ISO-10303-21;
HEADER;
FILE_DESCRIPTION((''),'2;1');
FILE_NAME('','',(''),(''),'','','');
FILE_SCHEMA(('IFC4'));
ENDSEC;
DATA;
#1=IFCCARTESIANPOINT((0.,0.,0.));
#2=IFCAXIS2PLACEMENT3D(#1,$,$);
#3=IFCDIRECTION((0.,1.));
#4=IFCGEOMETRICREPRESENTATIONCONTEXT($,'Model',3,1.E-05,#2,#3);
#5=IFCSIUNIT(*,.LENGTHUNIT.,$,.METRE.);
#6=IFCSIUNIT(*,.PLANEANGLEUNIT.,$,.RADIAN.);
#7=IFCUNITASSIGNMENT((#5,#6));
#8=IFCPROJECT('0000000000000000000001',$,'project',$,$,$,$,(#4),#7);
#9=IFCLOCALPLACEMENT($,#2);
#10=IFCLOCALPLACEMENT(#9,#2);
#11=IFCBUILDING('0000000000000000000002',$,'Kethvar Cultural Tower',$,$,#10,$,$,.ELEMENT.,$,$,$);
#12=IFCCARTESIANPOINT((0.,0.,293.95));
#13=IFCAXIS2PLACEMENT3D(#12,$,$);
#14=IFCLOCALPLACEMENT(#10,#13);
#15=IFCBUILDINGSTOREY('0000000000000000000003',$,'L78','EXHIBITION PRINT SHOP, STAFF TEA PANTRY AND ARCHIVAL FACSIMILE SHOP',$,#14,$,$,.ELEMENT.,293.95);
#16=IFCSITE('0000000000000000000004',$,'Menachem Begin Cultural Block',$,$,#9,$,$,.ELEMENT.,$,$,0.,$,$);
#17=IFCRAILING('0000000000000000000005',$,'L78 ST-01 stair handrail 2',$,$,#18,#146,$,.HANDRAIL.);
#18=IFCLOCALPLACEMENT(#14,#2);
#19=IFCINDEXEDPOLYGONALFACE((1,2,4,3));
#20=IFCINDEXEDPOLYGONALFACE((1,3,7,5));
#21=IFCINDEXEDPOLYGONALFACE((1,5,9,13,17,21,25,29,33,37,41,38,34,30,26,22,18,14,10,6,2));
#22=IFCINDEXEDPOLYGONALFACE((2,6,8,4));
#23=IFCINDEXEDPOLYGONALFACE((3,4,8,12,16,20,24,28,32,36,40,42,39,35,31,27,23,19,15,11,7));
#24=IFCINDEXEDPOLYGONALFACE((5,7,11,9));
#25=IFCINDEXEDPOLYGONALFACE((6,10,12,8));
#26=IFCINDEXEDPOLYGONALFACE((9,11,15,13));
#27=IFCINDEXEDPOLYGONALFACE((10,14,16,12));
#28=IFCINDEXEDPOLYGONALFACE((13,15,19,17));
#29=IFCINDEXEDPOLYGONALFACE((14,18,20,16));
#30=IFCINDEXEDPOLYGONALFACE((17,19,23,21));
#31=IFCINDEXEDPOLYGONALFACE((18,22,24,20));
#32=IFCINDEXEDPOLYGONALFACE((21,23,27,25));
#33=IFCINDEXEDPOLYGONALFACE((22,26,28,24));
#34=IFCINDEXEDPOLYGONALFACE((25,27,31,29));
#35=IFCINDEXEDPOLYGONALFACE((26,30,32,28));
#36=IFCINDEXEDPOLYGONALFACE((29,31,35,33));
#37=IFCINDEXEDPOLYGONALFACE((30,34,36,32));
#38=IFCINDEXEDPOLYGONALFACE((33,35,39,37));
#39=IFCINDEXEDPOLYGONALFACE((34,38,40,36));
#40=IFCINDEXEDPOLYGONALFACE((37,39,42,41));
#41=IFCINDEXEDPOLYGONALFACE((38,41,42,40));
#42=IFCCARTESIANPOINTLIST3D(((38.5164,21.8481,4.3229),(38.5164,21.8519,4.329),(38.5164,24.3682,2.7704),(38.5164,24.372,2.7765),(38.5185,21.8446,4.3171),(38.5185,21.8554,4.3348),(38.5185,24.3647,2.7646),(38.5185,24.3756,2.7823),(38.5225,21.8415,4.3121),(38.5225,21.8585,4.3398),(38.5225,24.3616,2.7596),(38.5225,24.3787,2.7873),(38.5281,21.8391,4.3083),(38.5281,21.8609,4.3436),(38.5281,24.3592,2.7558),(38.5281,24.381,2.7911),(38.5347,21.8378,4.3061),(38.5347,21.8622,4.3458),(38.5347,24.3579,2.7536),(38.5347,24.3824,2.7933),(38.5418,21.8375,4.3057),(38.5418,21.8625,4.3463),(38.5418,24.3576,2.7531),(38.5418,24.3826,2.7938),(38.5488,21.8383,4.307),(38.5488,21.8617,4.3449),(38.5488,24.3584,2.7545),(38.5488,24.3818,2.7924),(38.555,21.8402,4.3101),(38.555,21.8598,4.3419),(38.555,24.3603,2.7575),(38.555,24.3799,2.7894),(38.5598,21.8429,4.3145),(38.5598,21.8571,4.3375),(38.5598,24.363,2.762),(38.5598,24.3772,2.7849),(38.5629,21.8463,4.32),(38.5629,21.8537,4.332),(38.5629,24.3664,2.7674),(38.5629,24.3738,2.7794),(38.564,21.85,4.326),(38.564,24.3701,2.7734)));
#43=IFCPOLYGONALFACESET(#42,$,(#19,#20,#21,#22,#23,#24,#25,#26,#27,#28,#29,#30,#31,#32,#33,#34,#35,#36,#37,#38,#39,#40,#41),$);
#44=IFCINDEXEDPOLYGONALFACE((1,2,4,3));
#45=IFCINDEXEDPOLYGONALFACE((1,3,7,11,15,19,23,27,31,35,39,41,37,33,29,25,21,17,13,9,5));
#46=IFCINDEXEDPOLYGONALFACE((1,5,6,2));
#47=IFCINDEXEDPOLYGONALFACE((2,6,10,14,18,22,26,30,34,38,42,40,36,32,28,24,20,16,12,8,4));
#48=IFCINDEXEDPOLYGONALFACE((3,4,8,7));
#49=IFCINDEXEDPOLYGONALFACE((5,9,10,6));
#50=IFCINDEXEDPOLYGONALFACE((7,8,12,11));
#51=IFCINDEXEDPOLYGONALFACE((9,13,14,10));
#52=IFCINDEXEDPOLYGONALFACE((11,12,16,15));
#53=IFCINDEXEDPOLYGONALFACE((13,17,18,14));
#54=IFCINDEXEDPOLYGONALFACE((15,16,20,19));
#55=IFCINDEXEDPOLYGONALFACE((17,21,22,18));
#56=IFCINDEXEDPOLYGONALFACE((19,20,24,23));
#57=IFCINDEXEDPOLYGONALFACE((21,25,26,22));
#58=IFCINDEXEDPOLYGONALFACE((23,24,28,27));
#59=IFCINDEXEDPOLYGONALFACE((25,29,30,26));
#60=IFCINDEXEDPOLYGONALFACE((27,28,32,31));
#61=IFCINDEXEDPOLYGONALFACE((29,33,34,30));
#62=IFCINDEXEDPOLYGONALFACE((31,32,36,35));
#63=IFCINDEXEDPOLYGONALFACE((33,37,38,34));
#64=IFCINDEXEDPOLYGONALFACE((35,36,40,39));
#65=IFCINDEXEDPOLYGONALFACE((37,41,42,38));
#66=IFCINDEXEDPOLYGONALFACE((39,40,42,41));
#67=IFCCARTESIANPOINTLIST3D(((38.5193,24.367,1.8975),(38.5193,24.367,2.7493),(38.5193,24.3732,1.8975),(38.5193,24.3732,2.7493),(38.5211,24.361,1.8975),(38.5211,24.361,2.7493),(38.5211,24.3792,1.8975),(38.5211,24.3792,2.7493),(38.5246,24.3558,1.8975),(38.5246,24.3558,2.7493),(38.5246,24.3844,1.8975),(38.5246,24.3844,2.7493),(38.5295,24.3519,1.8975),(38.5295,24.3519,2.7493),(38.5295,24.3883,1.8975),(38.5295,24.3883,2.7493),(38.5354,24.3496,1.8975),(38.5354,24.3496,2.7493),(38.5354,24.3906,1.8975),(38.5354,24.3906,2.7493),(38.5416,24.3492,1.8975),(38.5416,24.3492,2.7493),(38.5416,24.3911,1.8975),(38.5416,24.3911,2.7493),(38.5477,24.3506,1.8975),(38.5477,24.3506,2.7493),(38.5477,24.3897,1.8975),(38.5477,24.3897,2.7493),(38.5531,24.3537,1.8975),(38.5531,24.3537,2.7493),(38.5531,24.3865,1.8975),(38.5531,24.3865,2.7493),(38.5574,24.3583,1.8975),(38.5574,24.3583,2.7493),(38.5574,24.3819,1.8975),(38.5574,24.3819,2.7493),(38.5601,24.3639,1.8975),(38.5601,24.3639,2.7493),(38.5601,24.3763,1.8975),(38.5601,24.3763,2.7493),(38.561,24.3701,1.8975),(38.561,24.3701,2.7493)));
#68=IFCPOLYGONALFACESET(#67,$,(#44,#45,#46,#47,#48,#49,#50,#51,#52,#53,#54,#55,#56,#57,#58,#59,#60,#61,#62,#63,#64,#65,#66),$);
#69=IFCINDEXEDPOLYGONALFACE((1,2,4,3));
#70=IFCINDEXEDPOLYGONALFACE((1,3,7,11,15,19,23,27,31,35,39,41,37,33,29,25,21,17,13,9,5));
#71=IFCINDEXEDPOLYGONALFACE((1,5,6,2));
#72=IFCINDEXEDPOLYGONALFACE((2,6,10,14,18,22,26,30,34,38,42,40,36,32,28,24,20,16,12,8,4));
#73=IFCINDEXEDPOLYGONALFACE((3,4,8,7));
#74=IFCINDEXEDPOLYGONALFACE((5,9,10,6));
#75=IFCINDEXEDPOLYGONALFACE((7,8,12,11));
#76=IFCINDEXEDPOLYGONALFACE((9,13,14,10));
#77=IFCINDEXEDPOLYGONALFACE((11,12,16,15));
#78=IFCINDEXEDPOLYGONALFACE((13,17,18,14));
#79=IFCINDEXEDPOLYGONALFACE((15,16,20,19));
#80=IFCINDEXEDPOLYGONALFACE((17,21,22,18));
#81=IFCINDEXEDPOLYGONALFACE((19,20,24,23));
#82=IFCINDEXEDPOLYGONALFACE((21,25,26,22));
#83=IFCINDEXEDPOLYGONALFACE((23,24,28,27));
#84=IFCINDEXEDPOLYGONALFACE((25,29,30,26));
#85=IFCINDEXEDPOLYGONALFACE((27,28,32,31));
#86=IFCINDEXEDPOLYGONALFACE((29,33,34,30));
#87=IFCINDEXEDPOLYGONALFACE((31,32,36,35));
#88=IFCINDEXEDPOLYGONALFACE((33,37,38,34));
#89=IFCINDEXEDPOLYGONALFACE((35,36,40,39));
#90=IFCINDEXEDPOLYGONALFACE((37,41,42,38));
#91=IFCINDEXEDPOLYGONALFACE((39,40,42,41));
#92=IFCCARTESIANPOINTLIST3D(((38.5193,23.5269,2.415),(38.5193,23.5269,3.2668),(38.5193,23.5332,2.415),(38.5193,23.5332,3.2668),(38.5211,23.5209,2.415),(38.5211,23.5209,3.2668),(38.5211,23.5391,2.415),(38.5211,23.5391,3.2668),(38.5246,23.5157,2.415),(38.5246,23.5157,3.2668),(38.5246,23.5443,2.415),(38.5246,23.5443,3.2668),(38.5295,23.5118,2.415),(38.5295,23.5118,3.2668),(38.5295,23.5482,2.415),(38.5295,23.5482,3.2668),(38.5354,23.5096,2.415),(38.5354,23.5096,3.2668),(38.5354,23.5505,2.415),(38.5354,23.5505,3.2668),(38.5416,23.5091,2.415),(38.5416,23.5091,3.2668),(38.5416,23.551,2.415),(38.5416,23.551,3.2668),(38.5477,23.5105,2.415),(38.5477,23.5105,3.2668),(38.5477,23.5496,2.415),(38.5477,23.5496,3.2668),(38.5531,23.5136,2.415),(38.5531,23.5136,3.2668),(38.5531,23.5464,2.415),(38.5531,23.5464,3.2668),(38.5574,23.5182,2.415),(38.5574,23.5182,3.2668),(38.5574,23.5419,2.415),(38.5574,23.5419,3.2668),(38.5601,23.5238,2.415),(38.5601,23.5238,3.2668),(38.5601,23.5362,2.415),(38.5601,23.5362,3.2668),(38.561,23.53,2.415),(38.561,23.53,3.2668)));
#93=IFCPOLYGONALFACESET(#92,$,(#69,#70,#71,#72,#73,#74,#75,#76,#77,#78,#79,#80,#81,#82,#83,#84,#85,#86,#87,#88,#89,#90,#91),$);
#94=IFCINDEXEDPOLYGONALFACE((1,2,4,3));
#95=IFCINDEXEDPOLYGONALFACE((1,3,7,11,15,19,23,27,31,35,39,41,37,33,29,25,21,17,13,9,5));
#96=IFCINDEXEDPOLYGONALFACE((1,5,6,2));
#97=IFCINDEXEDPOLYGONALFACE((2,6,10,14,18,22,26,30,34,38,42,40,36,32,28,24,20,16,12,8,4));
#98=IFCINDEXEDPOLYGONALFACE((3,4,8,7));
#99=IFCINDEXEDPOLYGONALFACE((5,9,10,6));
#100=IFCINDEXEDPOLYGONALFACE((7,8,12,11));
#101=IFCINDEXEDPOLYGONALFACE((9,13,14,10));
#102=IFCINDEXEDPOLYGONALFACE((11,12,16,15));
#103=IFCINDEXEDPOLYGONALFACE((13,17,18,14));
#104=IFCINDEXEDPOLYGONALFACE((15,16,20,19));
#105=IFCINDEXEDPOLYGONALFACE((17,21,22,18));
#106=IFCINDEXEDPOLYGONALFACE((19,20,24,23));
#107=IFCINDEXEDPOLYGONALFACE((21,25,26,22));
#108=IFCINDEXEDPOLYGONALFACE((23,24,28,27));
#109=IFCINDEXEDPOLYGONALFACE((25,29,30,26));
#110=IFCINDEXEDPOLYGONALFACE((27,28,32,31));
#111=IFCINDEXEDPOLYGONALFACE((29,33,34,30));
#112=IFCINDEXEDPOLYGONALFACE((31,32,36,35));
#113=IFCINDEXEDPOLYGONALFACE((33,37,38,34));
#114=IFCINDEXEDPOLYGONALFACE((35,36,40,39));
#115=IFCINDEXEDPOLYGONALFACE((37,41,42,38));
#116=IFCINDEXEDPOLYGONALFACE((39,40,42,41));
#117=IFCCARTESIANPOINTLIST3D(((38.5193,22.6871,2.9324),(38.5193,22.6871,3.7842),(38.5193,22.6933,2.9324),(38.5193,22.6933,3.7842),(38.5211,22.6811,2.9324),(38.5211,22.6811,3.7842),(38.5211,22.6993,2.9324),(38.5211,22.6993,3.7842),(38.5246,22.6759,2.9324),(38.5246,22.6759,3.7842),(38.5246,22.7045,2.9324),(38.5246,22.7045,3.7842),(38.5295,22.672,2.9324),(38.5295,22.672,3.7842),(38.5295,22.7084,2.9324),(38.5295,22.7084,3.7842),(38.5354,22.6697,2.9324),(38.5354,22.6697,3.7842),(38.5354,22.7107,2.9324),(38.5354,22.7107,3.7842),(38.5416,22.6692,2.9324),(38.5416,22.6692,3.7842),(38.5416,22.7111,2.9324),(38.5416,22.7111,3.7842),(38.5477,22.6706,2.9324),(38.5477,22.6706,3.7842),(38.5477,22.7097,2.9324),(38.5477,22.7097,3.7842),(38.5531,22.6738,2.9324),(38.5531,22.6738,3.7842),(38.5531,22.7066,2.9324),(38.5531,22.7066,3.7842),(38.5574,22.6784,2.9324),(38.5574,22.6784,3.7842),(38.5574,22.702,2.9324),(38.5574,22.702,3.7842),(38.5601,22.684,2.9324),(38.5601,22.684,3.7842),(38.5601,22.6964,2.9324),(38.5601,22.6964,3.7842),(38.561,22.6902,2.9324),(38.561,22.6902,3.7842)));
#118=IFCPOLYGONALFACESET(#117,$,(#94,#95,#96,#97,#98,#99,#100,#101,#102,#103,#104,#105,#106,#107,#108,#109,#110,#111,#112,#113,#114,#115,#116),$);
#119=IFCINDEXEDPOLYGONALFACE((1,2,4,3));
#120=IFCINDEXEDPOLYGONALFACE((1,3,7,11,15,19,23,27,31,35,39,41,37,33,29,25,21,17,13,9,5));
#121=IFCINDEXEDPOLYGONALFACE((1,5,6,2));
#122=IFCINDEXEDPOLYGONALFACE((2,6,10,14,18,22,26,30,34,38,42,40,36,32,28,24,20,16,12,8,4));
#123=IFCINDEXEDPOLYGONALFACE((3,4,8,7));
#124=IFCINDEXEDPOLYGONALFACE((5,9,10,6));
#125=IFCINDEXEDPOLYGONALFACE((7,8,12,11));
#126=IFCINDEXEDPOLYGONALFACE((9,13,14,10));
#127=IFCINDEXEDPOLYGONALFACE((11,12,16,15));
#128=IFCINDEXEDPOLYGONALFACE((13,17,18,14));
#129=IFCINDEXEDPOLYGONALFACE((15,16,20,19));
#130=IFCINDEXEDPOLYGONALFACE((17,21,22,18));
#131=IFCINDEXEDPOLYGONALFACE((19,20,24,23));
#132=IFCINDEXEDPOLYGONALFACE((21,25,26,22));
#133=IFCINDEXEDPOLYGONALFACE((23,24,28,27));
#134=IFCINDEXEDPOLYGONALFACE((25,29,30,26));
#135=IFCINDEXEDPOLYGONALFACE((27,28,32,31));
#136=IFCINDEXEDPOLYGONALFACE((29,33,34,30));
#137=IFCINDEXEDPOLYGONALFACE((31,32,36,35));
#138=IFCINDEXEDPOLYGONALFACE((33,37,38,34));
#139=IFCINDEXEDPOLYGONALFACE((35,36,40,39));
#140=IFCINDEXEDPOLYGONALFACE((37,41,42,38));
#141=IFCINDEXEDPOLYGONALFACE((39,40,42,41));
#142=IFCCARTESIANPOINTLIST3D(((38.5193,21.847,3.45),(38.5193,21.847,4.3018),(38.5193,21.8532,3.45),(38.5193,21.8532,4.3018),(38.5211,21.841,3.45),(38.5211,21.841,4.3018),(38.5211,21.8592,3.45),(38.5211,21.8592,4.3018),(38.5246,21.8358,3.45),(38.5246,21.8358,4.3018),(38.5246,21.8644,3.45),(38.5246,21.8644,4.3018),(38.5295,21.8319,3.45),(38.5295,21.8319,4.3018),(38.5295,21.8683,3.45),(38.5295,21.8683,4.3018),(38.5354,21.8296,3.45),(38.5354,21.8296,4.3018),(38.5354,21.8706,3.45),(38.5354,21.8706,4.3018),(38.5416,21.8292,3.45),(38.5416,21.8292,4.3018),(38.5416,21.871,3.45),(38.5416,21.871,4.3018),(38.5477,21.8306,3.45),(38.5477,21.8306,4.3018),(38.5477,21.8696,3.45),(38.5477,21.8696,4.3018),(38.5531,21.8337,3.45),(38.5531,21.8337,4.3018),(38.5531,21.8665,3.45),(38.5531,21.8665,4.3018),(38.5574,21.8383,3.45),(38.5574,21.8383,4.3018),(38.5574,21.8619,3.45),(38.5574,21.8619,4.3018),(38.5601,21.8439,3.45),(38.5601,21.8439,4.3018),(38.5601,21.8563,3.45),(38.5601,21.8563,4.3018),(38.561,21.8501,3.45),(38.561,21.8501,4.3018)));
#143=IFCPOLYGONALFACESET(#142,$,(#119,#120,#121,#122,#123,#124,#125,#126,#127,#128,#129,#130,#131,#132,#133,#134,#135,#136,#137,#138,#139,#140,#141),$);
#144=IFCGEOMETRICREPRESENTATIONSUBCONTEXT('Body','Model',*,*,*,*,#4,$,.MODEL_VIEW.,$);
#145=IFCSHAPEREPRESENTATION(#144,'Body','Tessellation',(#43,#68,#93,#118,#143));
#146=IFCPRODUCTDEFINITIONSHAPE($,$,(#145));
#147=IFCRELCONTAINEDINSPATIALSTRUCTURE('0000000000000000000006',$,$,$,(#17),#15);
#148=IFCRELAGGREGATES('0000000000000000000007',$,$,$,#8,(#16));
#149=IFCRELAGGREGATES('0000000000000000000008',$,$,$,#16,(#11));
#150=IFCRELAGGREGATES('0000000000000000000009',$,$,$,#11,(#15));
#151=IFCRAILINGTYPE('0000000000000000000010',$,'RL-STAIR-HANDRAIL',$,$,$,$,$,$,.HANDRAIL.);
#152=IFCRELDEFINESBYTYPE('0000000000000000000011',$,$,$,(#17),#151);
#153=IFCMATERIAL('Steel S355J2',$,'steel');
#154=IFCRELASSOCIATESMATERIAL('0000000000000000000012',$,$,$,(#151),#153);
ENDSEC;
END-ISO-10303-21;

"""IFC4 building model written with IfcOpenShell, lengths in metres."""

from ifc_helpers import new_model, si_unit, direction, frame, origin, origin_2d, place, context, subcontext, project, spatial, circle, extrude, material, type_object, element, save


model = new_model("IFC4")

# Units and contexts
model_context = context("Model", 3, precision=1e-05, world=origin(), true_north=direction((0.0, 1.0)))
body_context = subcontext(model_context, "Body", "Model", "MODEL_VIEW")
ifc_project = project(units=[si_unit("LENGTHUNIT", "METRE"), si_unit("PLANEANGLEUNIT", "RADIAN")], contexts=[model_context])

# Site, building, storey
site_placement = place(None, origin())
site = spatial("IfcSite", under=ifc_project, at=site_placement, Name="Menachem Begin Cultural Block", CompositionType="ELEMENT", RefElevation=0.0)
building_placement = place(site_placement, origin())
building = spatial("IfcBuilding", under=site, at=building_placement, Name="Kethvar Cultural Tower", CompositionType="ELEMENT")
storey_placement = place(building_placement, frame((0.0, 0.0, 293.95)))
storey = spatial("IfcBuildingStorey", under=building, at=storey_placement, Name="L78", Description="EXHIBITION PRINT SHOP, STAFF TEA PANTRY AND ARCHIVAL FACSIMILE SHOP", CompositionType="ELEMENT", Elevation=293.95)

# Shared definitions
ifc_material_1 = material(Name="Steel S355J2", Category="steel")

# Railing
railing_type_1 = type_object("IfcRailingType", Name="RL-STAIR-HANDRAIL", PredefinedType="HANDRAIL", material=ifc_material_1)
railing_1_placement = place(storey_placement, frame((38.54, 24.3701, 1.8975)))
element("IfcRailing", 1, at=railing_1_placement, inside=storey, type_object=railing_type_1, Name="L78 ST-01 stair handrail 2", PredefinedType="HANDRAIL", context=body_context, shape_type="SweptSolid", body=[
    extrude(circle(Radius=0.0239, at=origin_2d()), frame((0.0, 0.0, 0.876), z_axis=(0.0, -0.8514, 0.524516), x_axis=(1.0, 0.0, 0.0)), (0.0, 0.0, 1.0), 2.96),
    extrude(circle(Radius=0.021, at=origin_2d()), origin(), (0.0, 0.0, 1.0), 0.8518),
    extrude(circle(Radius=0.021, at=origin_2d()), frame((0.0, -0.8401, 0.5176)), (0.0, 0.0, 1.0), 0.8518),
    extrude(circle(Radius=0.021, at=origin_2d()), frame((0.0, -1.6799, 1.0349)), (0.0, 0.0, 1.0), 0.8518),
    extrude(circle(Radius=0.021, at=origin_2d()), frame((0.0, -2.52, 1.5525)), (0.0, 0.0, 1.0), 0.8518),
])

save(model, "model.ifc")
